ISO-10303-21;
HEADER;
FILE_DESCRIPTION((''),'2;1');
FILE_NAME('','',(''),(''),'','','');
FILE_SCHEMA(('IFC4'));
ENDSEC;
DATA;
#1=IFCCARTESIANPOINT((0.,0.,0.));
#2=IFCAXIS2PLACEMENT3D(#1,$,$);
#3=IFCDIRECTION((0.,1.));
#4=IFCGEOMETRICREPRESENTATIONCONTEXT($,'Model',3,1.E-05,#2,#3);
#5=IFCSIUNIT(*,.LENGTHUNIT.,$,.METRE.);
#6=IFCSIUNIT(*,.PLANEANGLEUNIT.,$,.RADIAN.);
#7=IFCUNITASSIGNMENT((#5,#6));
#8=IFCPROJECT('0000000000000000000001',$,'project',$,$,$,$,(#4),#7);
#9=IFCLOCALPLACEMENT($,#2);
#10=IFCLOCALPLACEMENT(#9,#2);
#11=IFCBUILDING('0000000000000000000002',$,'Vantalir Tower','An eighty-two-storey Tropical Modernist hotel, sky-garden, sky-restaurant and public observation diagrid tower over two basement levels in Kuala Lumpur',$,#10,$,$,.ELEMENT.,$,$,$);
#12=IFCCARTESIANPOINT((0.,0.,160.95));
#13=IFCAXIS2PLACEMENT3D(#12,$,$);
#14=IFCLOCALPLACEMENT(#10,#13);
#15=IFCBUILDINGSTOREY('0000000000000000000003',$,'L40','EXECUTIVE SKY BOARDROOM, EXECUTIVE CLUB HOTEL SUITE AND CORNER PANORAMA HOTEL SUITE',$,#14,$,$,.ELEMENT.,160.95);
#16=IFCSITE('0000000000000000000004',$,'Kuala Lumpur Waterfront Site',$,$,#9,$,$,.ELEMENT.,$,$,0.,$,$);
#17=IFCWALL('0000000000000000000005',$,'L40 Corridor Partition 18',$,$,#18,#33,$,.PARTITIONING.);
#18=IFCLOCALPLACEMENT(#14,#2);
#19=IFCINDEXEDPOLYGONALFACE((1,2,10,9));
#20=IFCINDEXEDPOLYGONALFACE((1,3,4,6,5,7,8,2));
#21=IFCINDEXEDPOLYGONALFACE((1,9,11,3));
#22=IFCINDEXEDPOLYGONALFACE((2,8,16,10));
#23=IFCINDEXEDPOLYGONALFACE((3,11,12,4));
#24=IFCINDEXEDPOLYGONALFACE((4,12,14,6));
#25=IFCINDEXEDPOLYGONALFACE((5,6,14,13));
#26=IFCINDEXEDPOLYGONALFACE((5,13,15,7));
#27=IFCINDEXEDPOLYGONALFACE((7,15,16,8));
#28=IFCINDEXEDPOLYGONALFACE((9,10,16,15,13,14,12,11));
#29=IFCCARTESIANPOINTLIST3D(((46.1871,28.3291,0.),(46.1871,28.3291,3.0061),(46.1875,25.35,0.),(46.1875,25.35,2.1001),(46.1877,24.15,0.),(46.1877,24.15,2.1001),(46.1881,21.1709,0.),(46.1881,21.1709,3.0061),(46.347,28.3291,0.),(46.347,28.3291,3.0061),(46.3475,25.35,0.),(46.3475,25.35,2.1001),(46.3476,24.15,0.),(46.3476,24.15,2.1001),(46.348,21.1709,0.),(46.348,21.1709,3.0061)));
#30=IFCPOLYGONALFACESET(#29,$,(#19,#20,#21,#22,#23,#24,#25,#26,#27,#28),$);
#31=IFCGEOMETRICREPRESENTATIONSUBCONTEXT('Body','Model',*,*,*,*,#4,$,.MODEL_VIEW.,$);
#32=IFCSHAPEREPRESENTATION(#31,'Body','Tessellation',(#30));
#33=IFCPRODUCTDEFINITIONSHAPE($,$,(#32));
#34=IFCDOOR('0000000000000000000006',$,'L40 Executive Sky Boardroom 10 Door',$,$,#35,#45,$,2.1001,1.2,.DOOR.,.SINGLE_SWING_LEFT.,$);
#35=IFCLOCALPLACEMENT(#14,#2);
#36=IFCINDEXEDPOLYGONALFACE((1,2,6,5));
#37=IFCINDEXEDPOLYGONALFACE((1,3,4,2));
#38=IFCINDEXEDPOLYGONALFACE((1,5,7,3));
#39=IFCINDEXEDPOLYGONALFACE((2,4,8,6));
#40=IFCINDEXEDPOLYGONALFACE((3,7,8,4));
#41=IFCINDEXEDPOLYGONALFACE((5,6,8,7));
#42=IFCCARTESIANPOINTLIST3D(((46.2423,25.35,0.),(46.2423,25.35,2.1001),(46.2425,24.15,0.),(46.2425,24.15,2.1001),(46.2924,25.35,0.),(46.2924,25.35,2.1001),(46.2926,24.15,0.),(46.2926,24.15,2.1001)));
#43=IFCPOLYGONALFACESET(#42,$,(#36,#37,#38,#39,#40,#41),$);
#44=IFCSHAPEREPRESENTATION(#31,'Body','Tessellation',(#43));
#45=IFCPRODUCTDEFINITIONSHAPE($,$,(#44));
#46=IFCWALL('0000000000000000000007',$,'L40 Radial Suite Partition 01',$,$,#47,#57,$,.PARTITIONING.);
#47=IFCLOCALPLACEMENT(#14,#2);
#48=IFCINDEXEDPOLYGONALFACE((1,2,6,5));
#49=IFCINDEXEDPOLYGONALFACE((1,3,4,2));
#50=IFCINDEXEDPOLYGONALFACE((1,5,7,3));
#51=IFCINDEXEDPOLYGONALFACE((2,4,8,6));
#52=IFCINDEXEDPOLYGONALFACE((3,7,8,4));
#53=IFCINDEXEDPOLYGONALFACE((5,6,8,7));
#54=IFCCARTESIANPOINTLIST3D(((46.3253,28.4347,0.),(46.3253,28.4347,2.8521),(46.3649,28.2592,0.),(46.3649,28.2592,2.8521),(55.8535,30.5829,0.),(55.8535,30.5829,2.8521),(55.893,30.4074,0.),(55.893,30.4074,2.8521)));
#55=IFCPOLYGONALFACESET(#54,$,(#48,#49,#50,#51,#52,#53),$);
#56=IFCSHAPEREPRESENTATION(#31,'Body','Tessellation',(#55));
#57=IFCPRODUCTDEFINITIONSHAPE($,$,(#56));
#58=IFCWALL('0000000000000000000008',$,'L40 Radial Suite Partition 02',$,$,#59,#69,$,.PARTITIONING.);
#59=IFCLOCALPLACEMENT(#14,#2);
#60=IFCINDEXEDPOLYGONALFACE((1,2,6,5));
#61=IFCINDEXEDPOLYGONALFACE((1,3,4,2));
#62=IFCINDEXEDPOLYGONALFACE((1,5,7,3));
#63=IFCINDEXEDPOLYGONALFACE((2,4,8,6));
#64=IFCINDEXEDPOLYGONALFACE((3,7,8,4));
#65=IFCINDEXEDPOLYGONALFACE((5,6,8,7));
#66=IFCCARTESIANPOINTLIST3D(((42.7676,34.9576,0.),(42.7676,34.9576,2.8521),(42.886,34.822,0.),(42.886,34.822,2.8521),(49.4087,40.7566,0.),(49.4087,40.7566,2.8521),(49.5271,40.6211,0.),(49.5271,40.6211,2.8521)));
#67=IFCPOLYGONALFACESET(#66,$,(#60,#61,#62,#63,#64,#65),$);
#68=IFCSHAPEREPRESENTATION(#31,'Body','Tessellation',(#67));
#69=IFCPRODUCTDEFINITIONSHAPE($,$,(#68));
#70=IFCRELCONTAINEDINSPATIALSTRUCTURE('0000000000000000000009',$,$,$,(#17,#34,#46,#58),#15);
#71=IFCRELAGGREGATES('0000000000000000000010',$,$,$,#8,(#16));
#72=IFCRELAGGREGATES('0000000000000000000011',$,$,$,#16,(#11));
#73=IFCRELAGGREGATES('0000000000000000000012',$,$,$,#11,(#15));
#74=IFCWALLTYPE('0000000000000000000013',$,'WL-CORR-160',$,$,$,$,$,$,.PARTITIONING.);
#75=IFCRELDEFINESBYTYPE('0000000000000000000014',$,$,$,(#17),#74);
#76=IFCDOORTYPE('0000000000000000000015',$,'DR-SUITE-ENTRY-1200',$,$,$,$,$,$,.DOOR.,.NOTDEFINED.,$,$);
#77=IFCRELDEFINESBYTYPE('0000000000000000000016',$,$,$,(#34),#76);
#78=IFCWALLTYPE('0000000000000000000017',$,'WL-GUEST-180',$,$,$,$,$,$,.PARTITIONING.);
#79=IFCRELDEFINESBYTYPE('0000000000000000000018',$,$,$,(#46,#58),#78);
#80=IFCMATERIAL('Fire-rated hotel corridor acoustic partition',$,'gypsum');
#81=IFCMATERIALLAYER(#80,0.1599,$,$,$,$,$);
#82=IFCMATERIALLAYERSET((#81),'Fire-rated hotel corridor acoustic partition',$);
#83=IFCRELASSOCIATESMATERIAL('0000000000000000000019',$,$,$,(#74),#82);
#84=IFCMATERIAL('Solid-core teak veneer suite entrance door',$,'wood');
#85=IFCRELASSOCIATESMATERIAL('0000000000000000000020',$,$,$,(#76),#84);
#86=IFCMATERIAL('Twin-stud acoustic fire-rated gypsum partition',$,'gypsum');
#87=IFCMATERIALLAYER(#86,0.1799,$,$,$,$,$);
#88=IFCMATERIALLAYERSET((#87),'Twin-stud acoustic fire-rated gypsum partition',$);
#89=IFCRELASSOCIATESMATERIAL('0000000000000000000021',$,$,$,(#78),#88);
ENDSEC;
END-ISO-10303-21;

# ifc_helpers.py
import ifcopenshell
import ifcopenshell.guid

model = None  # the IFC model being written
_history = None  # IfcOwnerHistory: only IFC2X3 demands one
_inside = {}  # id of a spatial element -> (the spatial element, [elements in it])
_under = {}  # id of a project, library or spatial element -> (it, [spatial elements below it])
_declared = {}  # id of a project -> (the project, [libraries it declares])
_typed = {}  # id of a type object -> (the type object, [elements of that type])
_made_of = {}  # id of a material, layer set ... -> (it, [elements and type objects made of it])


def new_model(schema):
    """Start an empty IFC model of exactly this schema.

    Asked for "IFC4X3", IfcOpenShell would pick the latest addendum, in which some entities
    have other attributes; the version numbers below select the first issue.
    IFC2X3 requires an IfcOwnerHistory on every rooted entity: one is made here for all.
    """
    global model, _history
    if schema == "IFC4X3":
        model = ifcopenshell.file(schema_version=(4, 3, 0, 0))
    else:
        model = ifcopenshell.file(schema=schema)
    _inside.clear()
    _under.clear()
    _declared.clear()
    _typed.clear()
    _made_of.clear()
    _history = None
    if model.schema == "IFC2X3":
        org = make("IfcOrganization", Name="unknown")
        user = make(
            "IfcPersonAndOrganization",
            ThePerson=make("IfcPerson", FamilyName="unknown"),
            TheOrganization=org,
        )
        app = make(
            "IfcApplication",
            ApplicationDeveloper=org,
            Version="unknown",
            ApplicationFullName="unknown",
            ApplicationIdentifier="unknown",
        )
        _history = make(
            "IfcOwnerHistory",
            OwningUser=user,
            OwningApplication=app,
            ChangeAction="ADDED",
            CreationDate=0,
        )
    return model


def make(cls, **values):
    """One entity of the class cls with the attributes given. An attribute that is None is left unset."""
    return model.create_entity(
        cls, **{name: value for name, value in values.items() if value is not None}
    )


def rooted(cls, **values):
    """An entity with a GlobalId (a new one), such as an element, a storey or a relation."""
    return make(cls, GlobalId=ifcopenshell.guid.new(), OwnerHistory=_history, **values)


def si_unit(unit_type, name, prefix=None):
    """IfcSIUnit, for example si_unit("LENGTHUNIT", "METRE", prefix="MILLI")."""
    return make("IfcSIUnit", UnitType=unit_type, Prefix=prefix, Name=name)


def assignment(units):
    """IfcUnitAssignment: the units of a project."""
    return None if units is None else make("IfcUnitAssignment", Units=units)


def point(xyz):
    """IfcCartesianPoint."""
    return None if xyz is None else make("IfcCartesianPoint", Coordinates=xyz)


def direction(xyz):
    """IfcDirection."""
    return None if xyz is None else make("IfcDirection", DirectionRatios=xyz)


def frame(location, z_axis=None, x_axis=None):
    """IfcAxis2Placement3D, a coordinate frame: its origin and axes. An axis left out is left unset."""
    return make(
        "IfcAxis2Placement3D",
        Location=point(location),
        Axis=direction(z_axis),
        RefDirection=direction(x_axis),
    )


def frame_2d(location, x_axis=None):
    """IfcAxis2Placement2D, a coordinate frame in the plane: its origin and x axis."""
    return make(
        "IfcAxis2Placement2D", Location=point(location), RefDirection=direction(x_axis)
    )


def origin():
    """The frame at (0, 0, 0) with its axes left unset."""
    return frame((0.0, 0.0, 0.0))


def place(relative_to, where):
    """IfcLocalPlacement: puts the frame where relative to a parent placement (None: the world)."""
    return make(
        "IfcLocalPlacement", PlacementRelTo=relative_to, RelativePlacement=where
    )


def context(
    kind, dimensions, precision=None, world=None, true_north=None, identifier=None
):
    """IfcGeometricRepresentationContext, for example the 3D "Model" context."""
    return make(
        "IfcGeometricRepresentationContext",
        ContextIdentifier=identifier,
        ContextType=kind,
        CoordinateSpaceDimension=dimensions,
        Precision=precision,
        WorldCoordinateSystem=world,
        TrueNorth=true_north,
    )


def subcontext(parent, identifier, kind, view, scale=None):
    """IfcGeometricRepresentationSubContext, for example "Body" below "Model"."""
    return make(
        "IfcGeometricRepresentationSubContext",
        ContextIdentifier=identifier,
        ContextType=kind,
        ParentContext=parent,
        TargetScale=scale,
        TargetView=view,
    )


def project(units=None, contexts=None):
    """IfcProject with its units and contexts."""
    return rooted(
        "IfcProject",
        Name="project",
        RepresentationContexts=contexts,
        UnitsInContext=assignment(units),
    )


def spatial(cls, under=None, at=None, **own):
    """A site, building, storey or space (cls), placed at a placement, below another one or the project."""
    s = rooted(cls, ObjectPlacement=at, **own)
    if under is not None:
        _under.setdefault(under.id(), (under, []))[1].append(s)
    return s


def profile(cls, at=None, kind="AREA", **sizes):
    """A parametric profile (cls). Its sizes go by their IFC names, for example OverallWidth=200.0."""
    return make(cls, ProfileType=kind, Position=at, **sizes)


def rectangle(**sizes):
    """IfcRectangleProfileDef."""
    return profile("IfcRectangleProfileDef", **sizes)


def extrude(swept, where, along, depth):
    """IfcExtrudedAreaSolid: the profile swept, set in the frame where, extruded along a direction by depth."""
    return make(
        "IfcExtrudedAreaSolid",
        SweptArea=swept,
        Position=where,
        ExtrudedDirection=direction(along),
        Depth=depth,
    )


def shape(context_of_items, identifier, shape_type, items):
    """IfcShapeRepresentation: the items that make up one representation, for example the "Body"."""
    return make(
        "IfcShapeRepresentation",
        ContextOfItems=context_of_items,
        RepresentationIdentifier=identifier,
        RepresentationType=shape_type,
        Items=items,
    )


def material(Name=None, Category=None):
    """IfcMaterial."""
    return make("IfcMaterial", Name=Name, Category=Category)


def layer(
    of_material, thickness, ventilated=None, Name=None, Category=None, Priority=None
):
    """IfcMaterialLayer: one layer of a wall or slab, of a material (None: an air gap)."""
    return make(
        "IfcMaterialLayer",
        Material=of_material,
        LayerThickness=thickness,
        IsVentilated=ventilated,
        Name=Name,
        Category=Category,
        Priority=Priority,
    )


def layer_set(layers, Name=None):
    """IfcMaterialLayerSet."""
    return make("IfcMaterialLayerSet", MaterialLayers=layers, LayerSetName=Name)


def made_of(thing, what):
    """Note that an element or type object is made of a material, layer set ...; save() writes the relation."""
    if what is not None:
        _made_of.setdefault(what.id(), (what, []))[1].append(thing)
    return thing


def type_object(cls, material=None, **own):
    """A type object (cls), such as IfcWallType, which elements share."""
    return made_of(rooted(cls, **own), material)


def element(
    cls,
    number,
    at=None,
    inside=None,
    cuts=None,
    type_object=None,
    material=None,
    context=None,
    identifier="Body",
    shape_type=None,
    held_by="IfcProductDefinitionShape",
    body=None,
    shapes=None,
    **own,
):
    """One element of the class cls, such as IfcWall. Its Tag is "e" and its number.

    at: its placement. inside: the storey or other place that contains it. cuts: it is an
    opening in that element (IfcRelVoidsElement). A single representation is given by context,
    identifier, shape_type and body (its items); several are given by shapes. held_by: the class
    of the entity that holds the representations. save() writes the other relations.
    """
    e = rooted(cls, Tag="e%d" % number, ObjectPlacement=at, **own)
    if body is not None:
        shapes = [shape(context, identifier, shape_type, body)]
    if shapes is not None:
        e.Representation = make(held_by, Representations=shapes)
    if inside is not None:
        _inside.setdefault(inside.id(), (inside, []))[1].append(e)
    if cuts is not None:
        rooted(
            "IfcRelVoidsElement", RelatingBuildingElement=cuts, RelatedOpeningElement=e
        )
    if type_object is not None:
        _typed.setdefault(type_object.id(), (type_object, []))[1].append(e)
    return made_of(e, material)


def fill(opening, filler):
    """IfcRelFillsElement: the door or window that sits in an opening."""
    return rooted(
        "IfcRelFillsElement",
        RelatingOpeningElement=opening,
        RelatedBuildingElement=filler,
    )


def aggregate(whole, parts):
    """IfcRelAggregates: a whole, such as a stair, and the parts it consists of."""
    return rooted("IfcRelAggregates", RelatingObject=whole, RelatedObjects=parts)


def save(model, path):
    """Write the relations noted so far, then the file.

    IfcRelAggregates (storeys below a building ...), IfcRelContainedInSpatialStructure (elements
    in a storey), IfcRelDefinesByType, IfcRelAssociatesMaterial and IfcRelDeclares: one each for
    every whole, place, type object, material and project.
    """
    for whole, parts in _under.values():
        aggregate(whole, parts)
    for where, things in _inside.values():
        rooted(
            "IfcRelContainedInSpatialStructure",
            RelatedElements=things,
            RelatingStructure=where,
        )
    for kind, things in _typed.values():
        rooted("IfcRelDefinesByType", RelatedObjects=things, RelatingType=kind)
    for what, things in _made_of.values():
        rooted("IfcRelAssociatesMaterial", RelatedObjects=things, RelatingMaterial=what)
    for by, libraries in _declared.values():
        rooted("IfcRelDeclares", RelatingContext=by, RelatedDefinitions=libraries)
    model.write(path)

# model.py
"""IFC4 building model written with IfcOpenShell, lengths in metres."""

from ifc_helpers import new_model, si_unit, direction, frame, frame_2d, origin, place, context, subcontext, project, spatial, rectangle, extrude, material, layer, layer_set, type_object, element, fill, save


model = new_model("IFC4")

# Units and contexts
model_context = context("Model", 3, precision=1e-05, world=origin(), true_north=direction((0.0, 1.0)))
body_context = subcontext(model_context, "Body", "Model", "MODEL_VIEW")
ifc_project = project(units=[si_unit("LENGTHUNIT", "METRE"), si_unit("PLANEANGLEUNIT", "RADIAN")], contexts=[model_context])

# Site, building, storey
site_placement = place(None, origin())
site = spatial("IfcSite", under=ifc_project, at=site_placement, Name="Kuala Lumpur Waterfront Site", CompositionType="ELEMENT", RefElevation=0.0)
building_placement = place(site_placement, origin())
building = spatial("IfcBuilding", under=site, at=building_placement, Name="Vantalir Tower", Description="An eighty-two-storey Tropical Modernist hotel, sky-garden, sky-restaurant and public observation diagrid tower over two basement levels in Kuala Lumpur", CompositionType="ELEMENT")
storey_placement = place(building_placement, frame((0.0, 0.0, 160.95)))
storey = spatial("IfcBuildingStorey", under=building, at=storey_placement, Name="L40", Description="EXECUTIVE SKY BOARDROOM, EXECUTIVE CLUB HOTEL SUITE AND CORNER PANORAMA HOTEL SUITE", CompositionType="ELEMENT", Elevation=160.95)

# Shared definitions
ifc_material_1 = material(Name="Fire-rated hotel corridor acoustic partition", Category="gypsum")
ifc_layer_1 = layer(ifc_material_1, 0.1599)
ifc_layer_set_1 = layer_set([ifc_layer_1], Name="Fire-rated hotel corridor acoustic partition")
wall_type_1 = type_object("IfcWallType", Name="WL-CORR-160", PredefinedType="PARTITIONING", material=ifc_layer_set_1)

# Shared definitions
ifc_material_2 = material(Name="Solid-core teak veneer suite entrance door", Category="wood")
door_type_1 = type_object("IfcDoorType", Name="DR-SUITE-ENTRY-1200", OperationType="NOTDEFINED", PredefinedType="DOOR", material=ifc_material_2)

# Wall, opening, door
wall_1_placement = place(storey_placement, frame((46.2671, 28.3291, 0.0), z_axis=(0.0, 0.0, 1.0), x_axis=(0.000136, -1.0, 0.0)))
wall_1 = element("IfcWall", 1, at=wall_1_placement, inside=storey, type_object=wall_type_1, Name="L40 Corridor Partition 18", PredefinedType="PARTITIONING", context=body_context, shape_type="SweptSolid", body=[
    extrude(rectangle(XDim=7.1582, YDim=0.1599, at=frame_2d((3.5791, 0.0))), origin(), (0.0, 0.0, 1.0), 3.0061),
])
opening_1_placement = place(wall_1_placement, frame((2.979, 0.0, 0.0)))
opening_1 = element("IfcOpeningElement", 2, at=opening_1_placement, cuts=wall_1, PredefinedType="OPENING", context=body_context, shape_type="SweptSolid", body=[
    extrude(rectangle(XDim=1.2, YDim=2.1001, at=frame_2d((0.6001, 1.05))), frame((0.0, 0.0898, 0.0), z_axis=(0.0, -1.0, 0.0), x_axis=(1.0, 0.0, 0.0)), (0.0, 0.0, 1.0), 0.1799),
])
door_1_placement = place(opening_1_placement, origin())
door_1 = element("IfcDoor", 3, at=door_1_placement, inside=storey, type_object=door_type_1, Name="L40 Executive Sky Boardroom 10 Door", OperationType="SINGLE_SWING_LEFT", OverallHeight=2.1001, OverallWidth=1.2, PredefinedType="DOOR", context=body_context, shape_type="SweptSolid", body=[
    extrude(rectangle(XDim=1.2, YDim=2.1001, at=frame_2d((0.6001, 1.05))), frame((0.0, 0.0249, 0.0), z_axis=(0.0, -1.0, 0.0), x_axis=(1.0, 0.0, 0.0)), (0.0, 0.0, 1.0), 0.05),
])
fill(opening_1, door_1)

# Walls
ifc_material_3 = material(Name="Twin-stud acoustic fire-rated gypsum partition", Category="gypsum")
ifc_layer_2 = layer(ifc_material_3, 0.1799)
ifc_layer_set_2 = layer_set([ifc_layer_2], Name="Twin-stud acoustic fire-rated gypsum partition")
wall_type_2 = type_object("IfcWallType", Name="WL-GUEST-180", PredefinedType="PARTITIONING", material=ifc_layer_set_2)
wall_2_placement = place(storey_placement, frame((46.345, 28.3469, 0.0), z_axis=(0.0, 0.0, 1.0), x_axis=(0.975514, 0.219939, 0.0)))
element("IfcWall", 4, at=wall_2_placement, inside=storey, type_object=wall_type_2, Name="L40 Radial Suite Partition 01", PredefinedType="PARTITIONING", context=body_context, shape_type="SweptSolid", body=[
    extrude(rectangle(XDim=9.7673, YDim=0.1799, at=frame_2d((4.8838, 0.0))), origin(), (0.0, 0.0, 1.0), 2.8521),
])
wall_3_placement = place(storey_placement, frame((42.8269, 34.8899, 0.0), z_axis=(0.0, 0.0, 1.0), x_axis=(0.753245, 0.65774, 0.0)))
element("IfcWall", 5, at=wall_3_placement, inside=storey, type_object=wall_type_2, Name="L40 Radial Suite Partition 02", PredefinedType="PARTITIONING", context=body_context, shape_type="SweptSolid", body=[
    extrude(rectangle(XDim=8.8167, YDim=0.1799, at=frame_2d((4.4082, 0.0))), origin(), (0.0, 0.0, 1.0), 2.8521),
])

save(model, "model.ifc")
